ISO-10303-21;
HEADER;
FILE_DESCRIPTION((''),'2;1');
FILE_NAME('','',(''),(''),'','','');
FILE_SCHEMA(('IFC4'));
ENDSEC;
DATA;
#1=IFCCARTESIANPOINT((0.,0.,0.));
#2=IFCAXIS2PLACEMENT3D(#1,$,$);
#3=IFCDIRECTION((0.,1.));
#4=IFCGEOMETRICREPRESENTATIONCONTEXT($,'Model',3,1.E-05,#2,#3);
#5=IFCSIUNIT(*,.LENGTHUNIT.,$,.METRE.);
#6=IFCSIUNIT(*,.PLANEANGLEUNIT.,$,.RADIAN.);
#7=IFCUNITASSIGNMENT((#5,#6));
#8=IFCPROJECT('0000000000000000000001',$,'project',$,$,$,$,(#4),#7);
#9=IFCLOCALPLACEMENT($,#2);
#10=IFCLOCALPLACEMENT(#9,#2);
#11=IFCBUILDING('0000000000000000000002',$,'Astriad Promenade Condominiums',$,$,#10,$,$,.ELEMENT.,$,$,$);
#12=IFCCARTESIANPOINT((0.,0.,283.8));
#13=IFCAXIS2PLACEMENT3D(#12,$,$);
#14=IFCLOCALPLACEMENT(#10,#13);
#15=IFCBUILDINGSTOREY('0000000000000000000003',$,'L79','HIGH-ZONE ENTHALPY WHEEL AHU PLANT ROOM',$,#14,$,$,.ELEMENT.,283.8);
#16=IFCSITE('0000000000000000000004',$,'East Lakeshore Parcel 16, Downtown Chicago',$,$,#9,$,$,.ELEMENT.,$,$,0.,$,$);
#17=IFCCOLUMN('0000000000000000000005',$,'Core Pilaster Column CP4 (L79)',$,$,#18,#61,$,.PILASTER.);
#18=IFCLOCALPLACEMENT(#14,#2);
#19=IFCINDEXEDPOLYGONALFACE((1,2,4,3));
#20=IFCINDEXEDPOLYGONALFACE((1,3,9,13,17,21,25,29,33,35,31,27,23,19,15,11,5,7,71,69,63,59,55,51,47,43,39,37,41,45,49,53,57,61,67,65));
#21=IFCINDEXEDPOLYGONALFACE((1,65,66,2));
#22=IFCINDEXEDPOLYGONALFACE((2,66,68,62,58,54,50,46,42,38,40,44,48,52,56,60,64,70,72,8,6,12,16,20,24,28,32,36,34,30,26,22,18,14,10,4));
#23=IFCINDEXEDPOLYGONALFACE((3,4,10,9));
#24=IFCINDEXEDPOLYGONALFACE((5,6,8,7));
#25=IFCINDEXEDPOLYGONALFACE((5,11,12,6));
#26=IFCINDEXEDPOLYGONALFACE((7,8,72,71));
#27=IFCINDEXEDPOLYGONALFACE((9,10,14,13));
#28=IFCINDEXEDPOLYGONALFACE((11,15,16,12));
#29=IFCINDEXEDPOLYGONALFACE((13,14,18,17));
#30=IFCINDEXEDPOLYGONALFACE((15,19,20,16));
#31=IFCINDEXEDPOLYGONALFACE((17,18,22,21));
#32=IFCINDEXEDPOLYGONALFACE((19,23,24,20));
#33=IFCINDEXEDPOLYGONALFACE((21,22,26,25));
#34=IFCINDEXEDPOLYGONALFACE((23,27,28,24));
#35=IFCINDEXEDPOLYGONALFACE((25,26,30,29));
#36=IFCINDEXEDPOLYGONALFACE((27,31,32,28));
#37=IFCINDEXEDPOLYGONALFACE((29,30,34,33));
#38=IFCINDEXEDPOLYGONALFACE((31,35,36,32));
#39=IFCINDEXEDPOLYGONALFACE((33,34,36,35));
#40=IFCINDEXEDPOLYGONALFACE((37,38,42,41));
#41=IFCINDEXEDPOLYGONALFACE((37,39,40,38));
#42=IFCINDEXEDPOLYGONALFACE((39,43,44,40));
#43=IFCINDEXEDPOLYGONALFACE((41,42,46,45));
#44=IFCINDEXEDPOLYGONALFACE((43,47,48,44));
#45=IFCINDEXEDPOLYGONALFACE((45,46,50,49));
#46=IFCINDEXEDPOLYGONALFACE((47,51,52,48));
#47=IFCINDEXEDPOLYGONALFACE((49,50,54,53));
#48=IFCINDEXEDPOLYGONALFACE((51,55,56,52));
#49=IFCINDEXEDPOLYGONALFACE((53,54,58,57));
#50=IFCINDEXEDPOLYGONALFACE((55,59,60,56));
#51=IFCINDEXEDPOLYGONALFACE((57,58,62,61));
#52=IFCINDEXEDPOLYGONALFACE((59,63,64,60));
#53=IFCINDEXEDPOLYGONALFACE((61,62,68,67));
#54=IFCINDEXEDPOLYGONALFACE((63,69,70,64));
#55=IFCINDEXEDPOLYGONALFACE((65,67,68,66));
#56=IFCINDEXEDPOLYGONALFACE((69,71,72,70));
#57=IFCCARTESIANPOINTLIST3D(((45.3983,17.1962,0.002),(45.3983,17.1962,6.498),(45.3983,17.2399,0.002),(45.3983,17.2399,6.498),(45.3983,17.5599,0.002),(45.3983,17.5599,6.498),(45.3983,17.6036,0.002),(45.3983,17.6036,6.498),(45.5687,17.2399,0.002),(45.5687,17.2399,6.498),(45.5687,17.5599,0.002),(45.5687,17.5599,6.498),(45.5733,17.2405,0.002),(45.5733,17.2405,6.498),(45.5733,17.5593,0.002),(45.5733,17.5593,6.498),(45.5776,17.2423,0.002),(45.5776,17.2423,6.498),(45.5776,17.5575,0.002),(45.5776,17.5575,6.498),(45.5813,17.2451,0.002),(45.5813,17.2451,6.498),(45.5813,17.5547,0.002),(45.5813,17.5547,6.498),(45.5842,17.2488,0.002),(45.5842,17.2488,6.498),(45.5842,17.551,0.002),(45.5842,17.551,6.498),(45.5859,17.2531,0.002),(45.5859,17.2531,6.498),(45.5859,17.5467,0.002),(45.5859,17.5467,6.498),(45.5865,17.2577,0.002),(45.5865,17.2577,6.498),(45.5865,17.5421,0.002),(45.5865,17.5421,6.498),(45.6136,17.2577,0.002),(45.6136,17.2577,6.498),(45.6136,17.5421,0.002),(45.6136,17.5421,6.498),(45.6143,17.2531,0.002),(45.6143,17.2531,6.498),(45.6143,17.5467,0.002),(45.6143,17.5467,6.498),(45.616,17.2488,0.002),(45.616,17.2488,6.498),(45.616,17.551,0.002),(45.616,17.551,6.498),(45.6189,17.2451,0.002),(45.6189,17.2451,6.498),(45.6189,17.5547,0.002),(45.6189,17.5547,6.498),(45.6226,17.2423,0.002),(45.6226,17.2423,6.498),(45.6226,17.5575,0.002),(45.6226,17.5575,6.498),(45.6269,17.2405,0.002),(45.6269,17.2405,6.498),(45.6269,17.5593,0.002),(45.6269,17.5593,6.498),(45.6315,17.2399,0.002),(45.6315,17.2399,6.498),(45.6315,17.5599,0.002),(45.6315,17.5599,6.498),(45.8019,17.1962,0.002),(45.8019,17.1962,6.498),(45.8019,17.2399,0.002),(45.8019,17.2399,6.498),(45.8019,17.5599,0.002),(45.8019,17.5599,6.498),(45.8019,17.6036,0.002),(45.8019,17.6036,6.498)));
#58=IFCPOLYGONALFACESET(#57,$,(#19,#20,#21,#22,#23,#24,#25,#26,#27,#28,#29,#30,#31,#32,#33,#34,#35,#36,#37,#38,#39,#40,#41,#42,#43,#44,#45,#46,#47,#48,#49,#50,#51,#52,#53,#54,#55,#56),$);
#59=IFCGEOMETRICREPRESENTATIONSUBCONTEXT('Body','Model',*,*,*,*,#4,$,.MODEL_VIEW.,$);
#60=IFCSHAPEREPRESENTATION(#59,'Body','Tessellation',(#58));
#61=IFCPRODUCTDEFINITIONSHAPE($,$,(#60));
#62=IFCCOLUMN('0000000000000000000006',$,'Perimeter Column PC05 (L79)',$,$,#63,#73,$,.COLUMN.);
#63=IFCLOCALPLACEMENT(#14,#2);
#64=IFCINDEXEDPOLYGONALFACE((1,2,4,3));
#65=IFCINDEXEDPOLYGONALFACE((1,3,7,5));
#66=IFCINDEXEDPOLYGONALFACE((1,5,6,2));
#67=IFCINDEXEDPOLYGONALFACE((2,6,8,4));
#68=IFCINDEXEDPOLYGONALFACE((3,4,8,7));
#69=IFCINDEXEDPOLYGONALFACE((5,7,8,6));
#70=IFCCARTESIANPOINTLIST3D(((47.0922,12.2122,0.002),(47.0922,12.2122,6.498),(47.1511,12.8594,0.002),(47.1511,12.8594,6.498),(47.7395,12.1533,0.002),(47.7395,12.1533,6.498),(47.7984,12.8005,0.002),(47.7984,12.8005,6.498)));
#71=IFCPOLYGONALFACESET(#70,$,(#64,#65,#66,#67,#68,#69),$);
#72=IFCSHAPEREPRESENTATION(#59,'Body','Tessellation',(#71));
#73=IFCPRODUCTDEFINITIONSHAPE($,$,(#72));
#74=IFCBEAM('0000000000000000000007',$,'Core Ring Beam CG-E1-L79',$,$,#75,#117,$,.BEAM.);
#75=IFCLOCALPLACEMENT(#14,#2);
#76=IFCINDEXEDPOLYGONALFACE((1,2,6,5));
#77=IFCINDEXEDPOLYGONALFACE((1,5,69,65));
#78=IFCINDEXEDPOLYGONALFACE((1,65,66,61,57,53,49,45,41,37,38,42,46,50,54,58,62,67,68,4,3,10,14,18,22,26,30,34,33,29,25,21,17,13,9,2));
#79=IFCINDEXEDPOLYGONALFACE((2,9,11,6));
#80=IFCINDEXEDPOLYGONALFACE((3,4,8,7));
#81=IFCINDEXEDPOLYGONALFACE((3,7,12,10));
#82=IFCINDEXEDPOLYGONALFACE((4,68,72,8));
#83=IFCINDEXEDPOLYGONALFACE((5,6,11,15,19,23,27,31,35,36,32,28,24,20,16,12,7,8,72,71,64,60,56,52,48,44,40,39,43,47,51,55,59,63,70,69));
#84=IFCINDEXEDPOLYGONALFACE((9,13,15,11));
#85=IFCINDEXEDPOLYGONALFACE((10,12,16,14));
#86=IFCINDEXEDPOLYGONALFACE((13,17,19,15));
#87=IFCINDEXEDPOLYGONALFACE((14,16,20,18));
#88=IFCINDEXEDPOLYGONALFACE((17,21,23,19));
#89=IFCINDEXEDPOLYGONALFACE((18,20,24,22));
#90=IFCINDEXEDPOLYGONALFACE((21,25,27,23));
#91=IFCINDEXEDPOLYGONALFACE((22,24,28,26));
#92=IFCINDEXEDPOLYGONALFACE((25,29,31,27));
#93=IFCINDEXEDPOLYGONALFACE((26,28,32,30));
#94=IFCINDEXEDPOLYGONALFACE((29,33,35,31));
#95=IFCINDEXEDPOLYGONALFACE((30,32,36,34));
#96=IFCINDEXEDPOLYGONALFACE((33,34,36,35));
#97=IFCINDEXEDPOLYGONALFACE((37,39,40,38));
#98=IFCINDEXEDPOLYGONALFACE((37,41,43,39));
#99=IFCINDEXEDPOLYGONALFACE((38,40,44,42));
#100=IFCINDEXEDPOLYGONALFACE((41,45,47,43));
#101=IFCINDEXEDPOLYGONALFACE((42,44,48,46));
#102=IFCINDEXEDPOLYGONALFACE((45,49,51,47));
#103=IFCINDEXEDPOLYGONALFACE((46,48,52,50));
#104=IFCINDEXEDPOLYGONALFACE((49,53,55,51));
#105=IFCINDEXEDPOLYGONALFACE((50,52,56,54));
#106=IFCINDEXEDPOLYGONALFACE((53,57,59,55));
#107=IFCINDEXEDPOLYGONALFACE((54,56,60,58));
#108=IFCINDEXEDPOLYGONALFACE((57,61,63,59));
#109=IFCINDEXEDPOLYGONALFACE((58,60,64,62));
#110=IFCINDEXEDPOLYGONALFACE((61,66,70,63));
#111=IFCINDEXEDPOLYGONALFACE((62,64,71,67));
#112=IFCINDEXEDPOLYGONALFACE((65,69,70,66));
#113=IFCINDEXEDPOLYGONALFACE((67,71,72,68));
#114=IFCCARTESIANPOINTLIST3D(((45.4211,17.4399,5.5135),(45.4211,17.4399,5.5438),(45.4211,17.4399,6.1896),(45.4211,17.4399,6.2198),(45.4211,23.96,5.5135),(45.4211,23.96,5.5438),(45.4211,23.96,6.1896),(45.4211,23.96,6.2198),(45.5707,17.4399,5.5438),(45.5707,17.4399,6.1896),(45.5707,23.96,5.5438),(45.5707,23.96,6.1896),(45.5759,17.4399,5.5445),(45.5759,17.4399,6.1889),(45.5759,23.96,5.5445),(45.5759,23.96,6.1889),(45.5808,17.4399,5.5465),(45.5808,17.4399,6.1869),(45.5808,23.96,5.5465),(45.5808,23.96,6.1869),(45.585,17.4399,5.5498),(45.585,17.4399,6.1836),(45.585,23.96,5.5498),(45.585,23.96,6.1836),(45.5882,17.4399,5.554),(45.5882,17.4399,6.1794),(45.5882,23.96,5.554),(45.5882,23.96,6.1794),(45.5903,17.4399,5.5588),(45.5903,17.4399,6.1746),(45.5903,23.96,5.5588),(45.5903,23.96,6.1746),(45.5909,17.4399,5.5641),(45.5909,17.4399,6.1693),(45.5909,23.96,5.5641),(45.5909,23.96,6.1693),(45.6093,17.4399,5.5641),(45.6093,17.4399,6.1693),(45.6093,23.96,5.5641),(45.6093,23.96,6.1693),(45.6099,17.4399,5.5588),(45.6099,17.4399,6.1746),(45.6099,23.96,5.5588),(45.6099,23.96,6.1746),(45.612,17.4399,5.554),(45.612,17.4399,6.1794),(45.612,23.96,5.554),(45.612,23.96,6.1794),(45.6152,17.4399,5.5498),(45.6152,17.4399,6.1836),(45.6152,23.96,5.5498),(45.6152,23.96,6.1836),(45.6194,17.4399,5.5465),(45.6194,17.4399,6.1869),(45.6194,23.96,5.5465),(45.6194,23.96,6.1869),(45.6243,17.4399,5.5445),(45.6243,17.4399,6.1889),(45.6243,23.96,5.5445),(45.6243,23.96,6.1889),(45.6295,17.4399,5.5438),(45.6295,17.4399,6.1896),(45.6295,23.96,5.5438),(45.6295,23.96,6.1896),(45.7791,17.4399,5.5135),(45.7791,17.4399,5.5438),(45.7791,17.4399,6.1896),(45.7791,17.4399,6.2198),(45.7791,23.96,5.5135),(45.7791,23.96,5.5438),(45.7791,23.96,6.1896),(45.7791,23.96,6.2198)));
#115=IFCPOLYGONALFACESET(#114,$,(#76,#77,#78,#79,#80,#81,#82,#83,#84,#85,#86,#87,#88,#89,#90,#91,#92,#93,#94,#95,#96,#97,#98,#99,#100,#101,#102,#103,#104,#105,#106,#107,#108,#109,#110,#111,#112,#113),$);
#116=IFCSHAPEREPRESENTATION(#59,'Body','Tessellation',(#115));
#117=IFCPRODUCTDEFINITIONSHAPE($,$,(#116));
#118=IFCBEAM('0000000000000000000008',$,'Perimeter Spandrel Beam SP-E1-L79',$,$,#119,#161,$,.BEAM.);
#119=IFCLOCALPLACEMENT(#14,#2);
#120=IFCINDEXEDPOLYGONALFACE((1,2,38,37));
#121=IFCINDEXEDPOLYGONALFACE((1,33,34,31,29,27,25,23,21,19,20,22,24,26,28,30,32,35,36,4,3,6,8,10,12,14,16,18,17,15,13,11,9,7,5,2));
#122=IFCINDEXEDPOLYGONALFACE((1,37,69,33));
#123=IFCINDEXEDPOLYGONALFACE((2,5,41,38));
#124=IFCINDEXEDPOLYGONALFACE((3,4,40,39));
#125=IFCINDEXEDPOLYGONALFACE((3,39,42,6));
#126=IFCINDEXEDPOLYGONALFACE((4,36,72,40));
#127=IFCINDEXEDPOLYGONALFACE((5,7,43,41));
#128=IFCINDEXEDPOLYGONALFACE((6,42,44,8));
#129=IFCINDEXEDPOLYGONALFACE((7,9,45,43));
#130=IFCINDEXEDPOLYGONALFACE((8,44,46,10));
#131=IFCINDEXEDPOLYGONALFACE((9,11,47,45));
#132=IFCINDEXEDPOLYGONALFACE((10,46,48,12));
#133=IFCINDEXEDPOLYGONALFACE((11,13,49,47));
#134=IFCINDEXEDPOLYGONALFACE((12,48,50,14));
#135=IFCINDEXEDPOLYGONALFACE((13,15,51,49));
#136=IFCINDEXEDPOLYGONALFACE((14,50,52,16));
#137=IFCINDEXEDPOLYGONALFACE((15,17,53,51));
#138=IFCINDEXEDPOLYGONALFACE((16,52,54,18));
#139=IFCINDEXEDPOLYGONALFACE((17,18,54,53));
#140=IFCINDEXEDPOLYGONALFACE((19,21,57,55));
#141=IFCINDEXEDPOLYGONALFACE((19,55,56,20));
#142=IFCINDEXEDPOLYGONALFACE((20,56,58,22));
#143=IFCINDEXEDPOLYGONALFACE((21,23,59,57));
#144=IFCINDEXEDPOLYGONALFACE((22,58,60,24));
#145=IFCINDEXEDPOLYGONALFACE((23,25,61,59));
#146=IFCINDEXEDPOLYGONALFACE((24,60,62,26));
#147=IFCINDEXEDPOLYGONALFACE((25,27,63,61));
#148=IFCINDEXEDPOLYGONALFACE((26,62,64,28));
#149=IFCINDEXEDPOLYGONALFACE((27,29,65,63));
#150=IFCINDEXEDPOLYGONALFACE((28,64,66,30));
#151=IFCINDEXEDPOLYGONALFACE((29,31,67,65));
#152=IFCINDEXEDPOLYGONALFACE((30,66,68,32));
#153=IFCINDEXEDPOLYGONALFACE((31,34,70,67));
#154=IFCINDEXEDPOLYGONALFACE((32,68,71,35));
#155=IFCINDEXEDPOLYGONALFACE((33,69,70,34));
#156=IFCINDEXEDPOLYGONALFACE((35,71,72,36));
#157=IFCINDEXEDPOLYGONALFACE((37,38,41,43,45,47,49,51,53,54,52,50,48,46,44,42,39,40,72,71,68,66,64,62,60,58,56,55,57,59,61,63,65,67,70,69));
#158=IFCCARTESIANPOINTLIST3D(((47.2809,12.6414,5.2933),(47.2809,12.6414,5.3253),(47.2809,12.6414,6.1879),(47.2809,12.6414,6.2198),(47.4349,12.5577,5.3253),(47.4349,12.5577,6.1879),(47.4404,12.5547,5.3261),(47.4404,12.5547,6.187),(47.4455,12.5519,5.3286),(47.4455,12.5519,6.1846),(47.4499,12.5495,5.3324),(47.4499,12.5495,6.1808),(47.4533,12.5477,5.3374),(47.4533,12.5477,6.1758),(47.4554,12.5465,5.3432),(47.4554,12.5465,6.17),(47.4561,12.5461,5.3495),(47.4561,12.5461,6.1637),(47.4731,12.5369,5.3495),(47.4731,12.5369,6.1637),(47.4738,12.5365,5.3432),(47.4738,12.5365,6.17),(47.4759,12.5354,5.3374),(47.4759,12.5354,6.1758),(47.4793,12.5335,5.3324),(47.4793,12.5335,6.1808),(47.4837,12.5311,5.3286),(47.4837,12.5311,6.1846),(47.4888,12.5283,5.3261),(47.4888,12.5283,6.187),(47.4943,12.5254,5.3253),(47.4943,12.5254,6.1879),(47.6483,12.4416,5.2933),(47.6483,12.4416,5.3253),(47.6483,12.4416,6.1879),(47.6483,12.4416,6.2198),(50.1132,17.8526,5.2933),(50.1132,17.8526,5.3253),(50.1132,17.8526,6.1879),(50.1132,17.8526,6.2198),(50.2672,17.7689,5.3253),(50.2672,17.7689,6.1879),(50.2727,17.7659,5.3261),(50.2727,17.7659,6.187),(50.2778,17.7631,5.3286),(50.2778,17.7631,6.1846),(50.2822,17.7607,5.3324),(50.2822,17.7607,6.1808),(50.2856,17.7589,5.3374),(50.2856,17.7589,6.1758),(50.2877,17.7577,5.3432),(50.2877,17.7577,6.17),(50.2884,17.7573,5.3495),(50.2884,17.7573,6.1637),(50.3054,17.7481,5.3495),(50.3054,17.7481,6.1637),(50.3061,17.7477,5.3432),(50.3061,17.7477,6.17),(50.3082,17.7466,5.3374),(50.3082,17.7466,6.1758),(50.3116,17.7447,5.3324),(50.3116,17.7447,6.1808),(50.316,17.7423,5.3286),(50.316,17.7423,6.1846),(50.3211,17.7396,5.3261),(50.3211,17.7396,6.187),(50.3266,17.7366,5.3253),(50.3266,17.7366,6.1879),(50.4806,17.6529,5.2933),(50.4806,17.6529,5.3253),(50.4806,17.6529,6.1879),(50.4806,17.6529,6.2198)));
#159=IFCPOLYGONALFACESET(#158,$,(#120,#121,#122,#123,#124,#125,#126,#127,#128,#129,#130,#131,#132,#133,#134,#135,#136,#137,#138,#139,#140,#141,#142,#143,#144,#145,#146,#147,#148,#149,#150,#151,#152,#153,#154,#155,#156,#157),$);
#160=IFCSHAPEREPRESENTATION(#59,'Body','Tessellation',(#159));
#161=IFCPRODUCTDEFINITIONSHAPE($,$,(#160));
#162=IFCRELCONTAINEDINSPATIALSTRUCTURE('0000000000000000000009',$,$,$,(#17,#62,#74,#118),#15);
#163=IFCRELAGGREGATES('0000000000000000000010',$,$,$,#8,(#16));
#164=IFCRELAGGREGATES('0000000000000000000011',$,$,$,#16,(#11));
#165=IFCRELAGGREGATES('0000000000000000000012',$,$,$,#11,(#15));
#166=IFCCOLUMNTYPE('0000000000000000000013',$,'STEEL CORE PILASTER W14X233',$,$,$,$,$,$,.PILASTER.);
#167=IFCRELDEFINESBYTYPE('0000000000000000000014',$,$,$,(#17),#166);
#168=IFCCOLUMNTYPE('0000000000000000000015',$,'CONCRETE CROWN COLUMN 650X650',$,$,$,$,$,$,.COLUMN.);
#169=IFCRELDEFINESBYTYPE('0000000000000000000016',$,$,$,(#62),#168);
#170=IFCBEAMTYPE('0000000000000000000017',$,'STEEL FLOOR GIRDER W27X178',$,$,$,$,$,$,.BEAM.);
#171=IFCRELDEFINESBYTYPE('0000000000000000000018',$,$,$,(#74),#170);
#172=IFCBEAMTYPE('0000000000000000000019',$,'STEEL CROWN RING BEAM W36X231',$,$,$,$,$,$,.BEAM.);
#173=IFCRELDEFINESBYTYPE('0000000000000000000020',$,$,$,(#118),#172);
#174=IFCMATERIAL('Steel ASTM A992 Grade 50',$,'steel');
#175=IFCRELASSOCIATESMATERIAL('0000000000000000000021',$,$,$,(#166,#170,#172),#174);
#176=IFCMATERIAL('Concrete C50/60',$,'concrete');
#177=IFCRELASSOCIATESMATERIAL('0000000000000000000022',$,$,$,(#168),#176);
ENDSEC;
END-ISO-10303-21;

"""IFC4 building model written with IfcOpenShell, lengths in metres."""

from ifc_helpers import new_model, si_unit, direction, frame, origin, origin_2d, place, context, subcontext, project, spatial, rectangle, i_section, extrude, source, transform, mapped, material, material_profile, profile_set, type_object, type_shapes, element, save


model = new_model("IFC4")

# Units and contexts
model_context = context("Model", 3, precision=1e-05, world=origin(), true_north=direction((0.0, 1.0)))
body_context = subcontext(model_context, "Body", "Model", "MODEL_VIEW")
ifc_project = project(units=[si_unit("LENGTHUNIT", "METRE"), si_unit("PLANEANGLEUNIT", "RADIAN")], contexts=[model_context])

# Site, building, storey
site_placement = place(None, origin())
site = spatial("IfcSite", under=ifc_project, at=site_placement, Name="East Lakeshore Parcel 16, Downtown Chicago", CompositionType="ELEMENT", RefElevation=0.0)
building_placement = place(site_placement, origin())
building = spatial("IfcBuilding", under=site, at=building_placement, Name="Astriad Promenade Condominiums", CompositionType="ELEMENT")
storey_placement = place(building_placement, frame((0.0, 0.0, 283.8)))
storey = spatial("IfcBuildingStorey", under=building, at=storey_placement, Name="L79", Description="HIGH-ZONE ENTHALPY WHEEL AHU PLANT ROOM", CompositionType="ELEMENT", Elevation=283.8)

# Columns
ifc_material_1 = material(Name="Steel ASTM A992 Grade 50", Category="steel")
ifc_material_profile_1 = material_profile(ifc_material_1, i_section(OverallWidth=0.4036, OverallDepth=0.4075, WebThickness=0.0271, FlangeThickness=0.0437, FilletRadius=0.0178, at=origin_2d()), Name="W14X233")
ifc_profile_set_1 = profile_set([ifc_material_profile_1], Name="Steel ASTM A992 Grade 50")
column_type_1 = type_object("IfcColumnType", Name="STEEL CORE PILASTER W14X233", PredefinedType="PILASTER", material=ifc_profile_set_1)
shared_shape_1 = source(origin(), body_context, "Body", "SweptSolid", [
    extrude(i_section(OverallWidth=0.4036, OverallDepth=0.4075, WebThickness=0.0271, FlangeThickness=0.0437, FilletRadius=0.0178, at=origin_2d()), origin(), (0.0, 0.0, 1.0), 6.4961),
])
type_shapes(column_type_1, [shared_shape_1])
column_1_placement = place(storey_placement, frame((45.6001, 17.3999, 0.002), z_axis=(0.0, 0.0, 1.0), x_axis=(1.0, 0.0, 0.0)))
element("IfcColumn", 1, at=column_1_placement, inside=storey, type_object=column_type_1, Name="Core Pilaster Column CP4 (L79)", PredefinedType="PILASTER", context=body_context, shape_type="MappedRepresentation", body=[
    mapped(shared_shape_1, transform((0.0, 0.0, 0.0), scale=1.0)),
])
ifc_material_2 = material(Name="Concrete C50/60", Category="concrete")
ifc_material_profile_2 = material_profile(ifc_material_2, rectangle(XDim=0.6499, YDim=0.6499, at=origin_2d()), Name="RC-COL-650X650")
ifc_profile_set_2 = profile_set([ifc_material_profile_2], Name="Concrete C50/60")
column_type_2 = type_object("IfcColumnType", Name="CONCRETE CROWN COLUMN 650X650", PredefinedType="COLUMN", material=ifc_profile_set_2)
shared_shape_2 = source(origin(), body_context, "Body", "SweptSolid", [
    extrude(rectangle(XDim=0.6499, YDim=0.6499, at=origin_2d()), origin(), (0.0, 0.0, 1.0), 6.4961),
])
type_shapes(column_type_2, [shared_shape_2])
column_2_placement = place(storey_placement, frame((47.4453, 12.5063, 0.002), z_axis=(0.0, 0.0, 1.0), x_axis=(0.995884, -0.090633, 0.0)))
element("IfcColumn", 2, at=column_2_placement, inside=storey, type_object=column_type_2, Name="Perimeter Column PC05 (L79)", PredefinedType="COLUMN", context=body_context, shape_type="MappedRepresentation", body=[
    mapped(shared_shape_2, transform((0.0, 0.0, 0.0), scale=1.0)),
])

# Beams
ifc_material_profile_3 = material_profile(ifc_material_1, i_section(OverallWidth=0.3579, OverallDepth=0.7063, WebThickness=0.0183, FlangeThickness=0.0303, FilletRadius=0.0203, at=origin_2d()), Name="W27X178")
ifc_profile_set_3 = profile_set([ifc_material_profile_3], Name="Steel ASTM A992 Grade 50")
beam_type_1 = type_object("IfcBeamType", Name="STEEL FLOOR GIRDER W27X178", PredefinedType="BEAM", material=ifc_profile_set_3)
shared_shape_3 = source(origin(), body_context, "Body", "SweptSolid", [
    extrude(i_section(OverallWidth=0.3579, OverallDepth=0.7063, WebThickness=0.0183, FlangeThickness=0.0303, FilletRadius=0.0203, at=origin_2d()), origin(), (0.0, 0.0, 1.0), 6.52),
])
type_shapes(beam_type_1, [shared_shape_3])
beam_1_placement = place(storey_placement, frame((45.6001, 17.4399, 5.8667), z_axis=(0.0, 1.0, 0.0), x_axis=(-1.0, 0.0, 0.0)))
element("IfcBeam", 3, at=beam_1_placement, inside=storey, type_object=beam_type_1, Name="Core Ring Beam CG-E1-L79", PredefinedType="BEAM", context=body_context, shape_type="MappedRepresentation", body=[
    mapped(shared_shape_3, transform((0.0, 0.0, 0.0), scale=1.0)),
])
ifc_material_profile_4 = material_profile(ifc_material_1, i_section(OverallWidth=0.4182, OverallDepth=0.9265, WebThickness=0.0193, FlangeThickness=0.032, FilletRadius=0.0242, at=origin_2d()), Name="W36X231")
ifc_profile_set_4 = profile_set([ifc_material_profile_4], Name="Steel ASTM A992 Grade 50")
beam_type_2 = type_object("IfcBeamType", Name="STEEL CROWN RING BEAM W36X231", PredefinedType="BEAM", material=ifc_profile_set_4)
shared_shape_4 = source(origin(), body_context, "Body", "SweptSolid", [
    extrude(i_section(OverallWidth=0.4182, OverallDepth=0.9265, WebThickness=0.0193, FlangeThickness=0.032, FilletRadius=0.0242, at=origin_2d()), origin(), (0.0, 0.0, 1.0), 5.9312),
])
type_shapes(beam_type_2, [shared_shape_4])
beam_2_placement = place(storey_placement, frame((47.4646, 12.5415, 5.7566), z_axis=(0.477528, 0.878617, 0.0), x_axis=(-0.878617, 0.477528, 0.0)))
element("IfcBeam", 4, at=beam_2_placement, inside=storey, type_object=beam_type_2, Name="Perimeter Spandrel Beam SP-E1-L79", PredefinedType="BEAM", context=body_context, shape_type="MappedRepresentation", body=[
    mapped(shared_shape_4, transform((0.0, 0.0, 0.0), scale=1.0)),
])

save(model, "model.ifc")
